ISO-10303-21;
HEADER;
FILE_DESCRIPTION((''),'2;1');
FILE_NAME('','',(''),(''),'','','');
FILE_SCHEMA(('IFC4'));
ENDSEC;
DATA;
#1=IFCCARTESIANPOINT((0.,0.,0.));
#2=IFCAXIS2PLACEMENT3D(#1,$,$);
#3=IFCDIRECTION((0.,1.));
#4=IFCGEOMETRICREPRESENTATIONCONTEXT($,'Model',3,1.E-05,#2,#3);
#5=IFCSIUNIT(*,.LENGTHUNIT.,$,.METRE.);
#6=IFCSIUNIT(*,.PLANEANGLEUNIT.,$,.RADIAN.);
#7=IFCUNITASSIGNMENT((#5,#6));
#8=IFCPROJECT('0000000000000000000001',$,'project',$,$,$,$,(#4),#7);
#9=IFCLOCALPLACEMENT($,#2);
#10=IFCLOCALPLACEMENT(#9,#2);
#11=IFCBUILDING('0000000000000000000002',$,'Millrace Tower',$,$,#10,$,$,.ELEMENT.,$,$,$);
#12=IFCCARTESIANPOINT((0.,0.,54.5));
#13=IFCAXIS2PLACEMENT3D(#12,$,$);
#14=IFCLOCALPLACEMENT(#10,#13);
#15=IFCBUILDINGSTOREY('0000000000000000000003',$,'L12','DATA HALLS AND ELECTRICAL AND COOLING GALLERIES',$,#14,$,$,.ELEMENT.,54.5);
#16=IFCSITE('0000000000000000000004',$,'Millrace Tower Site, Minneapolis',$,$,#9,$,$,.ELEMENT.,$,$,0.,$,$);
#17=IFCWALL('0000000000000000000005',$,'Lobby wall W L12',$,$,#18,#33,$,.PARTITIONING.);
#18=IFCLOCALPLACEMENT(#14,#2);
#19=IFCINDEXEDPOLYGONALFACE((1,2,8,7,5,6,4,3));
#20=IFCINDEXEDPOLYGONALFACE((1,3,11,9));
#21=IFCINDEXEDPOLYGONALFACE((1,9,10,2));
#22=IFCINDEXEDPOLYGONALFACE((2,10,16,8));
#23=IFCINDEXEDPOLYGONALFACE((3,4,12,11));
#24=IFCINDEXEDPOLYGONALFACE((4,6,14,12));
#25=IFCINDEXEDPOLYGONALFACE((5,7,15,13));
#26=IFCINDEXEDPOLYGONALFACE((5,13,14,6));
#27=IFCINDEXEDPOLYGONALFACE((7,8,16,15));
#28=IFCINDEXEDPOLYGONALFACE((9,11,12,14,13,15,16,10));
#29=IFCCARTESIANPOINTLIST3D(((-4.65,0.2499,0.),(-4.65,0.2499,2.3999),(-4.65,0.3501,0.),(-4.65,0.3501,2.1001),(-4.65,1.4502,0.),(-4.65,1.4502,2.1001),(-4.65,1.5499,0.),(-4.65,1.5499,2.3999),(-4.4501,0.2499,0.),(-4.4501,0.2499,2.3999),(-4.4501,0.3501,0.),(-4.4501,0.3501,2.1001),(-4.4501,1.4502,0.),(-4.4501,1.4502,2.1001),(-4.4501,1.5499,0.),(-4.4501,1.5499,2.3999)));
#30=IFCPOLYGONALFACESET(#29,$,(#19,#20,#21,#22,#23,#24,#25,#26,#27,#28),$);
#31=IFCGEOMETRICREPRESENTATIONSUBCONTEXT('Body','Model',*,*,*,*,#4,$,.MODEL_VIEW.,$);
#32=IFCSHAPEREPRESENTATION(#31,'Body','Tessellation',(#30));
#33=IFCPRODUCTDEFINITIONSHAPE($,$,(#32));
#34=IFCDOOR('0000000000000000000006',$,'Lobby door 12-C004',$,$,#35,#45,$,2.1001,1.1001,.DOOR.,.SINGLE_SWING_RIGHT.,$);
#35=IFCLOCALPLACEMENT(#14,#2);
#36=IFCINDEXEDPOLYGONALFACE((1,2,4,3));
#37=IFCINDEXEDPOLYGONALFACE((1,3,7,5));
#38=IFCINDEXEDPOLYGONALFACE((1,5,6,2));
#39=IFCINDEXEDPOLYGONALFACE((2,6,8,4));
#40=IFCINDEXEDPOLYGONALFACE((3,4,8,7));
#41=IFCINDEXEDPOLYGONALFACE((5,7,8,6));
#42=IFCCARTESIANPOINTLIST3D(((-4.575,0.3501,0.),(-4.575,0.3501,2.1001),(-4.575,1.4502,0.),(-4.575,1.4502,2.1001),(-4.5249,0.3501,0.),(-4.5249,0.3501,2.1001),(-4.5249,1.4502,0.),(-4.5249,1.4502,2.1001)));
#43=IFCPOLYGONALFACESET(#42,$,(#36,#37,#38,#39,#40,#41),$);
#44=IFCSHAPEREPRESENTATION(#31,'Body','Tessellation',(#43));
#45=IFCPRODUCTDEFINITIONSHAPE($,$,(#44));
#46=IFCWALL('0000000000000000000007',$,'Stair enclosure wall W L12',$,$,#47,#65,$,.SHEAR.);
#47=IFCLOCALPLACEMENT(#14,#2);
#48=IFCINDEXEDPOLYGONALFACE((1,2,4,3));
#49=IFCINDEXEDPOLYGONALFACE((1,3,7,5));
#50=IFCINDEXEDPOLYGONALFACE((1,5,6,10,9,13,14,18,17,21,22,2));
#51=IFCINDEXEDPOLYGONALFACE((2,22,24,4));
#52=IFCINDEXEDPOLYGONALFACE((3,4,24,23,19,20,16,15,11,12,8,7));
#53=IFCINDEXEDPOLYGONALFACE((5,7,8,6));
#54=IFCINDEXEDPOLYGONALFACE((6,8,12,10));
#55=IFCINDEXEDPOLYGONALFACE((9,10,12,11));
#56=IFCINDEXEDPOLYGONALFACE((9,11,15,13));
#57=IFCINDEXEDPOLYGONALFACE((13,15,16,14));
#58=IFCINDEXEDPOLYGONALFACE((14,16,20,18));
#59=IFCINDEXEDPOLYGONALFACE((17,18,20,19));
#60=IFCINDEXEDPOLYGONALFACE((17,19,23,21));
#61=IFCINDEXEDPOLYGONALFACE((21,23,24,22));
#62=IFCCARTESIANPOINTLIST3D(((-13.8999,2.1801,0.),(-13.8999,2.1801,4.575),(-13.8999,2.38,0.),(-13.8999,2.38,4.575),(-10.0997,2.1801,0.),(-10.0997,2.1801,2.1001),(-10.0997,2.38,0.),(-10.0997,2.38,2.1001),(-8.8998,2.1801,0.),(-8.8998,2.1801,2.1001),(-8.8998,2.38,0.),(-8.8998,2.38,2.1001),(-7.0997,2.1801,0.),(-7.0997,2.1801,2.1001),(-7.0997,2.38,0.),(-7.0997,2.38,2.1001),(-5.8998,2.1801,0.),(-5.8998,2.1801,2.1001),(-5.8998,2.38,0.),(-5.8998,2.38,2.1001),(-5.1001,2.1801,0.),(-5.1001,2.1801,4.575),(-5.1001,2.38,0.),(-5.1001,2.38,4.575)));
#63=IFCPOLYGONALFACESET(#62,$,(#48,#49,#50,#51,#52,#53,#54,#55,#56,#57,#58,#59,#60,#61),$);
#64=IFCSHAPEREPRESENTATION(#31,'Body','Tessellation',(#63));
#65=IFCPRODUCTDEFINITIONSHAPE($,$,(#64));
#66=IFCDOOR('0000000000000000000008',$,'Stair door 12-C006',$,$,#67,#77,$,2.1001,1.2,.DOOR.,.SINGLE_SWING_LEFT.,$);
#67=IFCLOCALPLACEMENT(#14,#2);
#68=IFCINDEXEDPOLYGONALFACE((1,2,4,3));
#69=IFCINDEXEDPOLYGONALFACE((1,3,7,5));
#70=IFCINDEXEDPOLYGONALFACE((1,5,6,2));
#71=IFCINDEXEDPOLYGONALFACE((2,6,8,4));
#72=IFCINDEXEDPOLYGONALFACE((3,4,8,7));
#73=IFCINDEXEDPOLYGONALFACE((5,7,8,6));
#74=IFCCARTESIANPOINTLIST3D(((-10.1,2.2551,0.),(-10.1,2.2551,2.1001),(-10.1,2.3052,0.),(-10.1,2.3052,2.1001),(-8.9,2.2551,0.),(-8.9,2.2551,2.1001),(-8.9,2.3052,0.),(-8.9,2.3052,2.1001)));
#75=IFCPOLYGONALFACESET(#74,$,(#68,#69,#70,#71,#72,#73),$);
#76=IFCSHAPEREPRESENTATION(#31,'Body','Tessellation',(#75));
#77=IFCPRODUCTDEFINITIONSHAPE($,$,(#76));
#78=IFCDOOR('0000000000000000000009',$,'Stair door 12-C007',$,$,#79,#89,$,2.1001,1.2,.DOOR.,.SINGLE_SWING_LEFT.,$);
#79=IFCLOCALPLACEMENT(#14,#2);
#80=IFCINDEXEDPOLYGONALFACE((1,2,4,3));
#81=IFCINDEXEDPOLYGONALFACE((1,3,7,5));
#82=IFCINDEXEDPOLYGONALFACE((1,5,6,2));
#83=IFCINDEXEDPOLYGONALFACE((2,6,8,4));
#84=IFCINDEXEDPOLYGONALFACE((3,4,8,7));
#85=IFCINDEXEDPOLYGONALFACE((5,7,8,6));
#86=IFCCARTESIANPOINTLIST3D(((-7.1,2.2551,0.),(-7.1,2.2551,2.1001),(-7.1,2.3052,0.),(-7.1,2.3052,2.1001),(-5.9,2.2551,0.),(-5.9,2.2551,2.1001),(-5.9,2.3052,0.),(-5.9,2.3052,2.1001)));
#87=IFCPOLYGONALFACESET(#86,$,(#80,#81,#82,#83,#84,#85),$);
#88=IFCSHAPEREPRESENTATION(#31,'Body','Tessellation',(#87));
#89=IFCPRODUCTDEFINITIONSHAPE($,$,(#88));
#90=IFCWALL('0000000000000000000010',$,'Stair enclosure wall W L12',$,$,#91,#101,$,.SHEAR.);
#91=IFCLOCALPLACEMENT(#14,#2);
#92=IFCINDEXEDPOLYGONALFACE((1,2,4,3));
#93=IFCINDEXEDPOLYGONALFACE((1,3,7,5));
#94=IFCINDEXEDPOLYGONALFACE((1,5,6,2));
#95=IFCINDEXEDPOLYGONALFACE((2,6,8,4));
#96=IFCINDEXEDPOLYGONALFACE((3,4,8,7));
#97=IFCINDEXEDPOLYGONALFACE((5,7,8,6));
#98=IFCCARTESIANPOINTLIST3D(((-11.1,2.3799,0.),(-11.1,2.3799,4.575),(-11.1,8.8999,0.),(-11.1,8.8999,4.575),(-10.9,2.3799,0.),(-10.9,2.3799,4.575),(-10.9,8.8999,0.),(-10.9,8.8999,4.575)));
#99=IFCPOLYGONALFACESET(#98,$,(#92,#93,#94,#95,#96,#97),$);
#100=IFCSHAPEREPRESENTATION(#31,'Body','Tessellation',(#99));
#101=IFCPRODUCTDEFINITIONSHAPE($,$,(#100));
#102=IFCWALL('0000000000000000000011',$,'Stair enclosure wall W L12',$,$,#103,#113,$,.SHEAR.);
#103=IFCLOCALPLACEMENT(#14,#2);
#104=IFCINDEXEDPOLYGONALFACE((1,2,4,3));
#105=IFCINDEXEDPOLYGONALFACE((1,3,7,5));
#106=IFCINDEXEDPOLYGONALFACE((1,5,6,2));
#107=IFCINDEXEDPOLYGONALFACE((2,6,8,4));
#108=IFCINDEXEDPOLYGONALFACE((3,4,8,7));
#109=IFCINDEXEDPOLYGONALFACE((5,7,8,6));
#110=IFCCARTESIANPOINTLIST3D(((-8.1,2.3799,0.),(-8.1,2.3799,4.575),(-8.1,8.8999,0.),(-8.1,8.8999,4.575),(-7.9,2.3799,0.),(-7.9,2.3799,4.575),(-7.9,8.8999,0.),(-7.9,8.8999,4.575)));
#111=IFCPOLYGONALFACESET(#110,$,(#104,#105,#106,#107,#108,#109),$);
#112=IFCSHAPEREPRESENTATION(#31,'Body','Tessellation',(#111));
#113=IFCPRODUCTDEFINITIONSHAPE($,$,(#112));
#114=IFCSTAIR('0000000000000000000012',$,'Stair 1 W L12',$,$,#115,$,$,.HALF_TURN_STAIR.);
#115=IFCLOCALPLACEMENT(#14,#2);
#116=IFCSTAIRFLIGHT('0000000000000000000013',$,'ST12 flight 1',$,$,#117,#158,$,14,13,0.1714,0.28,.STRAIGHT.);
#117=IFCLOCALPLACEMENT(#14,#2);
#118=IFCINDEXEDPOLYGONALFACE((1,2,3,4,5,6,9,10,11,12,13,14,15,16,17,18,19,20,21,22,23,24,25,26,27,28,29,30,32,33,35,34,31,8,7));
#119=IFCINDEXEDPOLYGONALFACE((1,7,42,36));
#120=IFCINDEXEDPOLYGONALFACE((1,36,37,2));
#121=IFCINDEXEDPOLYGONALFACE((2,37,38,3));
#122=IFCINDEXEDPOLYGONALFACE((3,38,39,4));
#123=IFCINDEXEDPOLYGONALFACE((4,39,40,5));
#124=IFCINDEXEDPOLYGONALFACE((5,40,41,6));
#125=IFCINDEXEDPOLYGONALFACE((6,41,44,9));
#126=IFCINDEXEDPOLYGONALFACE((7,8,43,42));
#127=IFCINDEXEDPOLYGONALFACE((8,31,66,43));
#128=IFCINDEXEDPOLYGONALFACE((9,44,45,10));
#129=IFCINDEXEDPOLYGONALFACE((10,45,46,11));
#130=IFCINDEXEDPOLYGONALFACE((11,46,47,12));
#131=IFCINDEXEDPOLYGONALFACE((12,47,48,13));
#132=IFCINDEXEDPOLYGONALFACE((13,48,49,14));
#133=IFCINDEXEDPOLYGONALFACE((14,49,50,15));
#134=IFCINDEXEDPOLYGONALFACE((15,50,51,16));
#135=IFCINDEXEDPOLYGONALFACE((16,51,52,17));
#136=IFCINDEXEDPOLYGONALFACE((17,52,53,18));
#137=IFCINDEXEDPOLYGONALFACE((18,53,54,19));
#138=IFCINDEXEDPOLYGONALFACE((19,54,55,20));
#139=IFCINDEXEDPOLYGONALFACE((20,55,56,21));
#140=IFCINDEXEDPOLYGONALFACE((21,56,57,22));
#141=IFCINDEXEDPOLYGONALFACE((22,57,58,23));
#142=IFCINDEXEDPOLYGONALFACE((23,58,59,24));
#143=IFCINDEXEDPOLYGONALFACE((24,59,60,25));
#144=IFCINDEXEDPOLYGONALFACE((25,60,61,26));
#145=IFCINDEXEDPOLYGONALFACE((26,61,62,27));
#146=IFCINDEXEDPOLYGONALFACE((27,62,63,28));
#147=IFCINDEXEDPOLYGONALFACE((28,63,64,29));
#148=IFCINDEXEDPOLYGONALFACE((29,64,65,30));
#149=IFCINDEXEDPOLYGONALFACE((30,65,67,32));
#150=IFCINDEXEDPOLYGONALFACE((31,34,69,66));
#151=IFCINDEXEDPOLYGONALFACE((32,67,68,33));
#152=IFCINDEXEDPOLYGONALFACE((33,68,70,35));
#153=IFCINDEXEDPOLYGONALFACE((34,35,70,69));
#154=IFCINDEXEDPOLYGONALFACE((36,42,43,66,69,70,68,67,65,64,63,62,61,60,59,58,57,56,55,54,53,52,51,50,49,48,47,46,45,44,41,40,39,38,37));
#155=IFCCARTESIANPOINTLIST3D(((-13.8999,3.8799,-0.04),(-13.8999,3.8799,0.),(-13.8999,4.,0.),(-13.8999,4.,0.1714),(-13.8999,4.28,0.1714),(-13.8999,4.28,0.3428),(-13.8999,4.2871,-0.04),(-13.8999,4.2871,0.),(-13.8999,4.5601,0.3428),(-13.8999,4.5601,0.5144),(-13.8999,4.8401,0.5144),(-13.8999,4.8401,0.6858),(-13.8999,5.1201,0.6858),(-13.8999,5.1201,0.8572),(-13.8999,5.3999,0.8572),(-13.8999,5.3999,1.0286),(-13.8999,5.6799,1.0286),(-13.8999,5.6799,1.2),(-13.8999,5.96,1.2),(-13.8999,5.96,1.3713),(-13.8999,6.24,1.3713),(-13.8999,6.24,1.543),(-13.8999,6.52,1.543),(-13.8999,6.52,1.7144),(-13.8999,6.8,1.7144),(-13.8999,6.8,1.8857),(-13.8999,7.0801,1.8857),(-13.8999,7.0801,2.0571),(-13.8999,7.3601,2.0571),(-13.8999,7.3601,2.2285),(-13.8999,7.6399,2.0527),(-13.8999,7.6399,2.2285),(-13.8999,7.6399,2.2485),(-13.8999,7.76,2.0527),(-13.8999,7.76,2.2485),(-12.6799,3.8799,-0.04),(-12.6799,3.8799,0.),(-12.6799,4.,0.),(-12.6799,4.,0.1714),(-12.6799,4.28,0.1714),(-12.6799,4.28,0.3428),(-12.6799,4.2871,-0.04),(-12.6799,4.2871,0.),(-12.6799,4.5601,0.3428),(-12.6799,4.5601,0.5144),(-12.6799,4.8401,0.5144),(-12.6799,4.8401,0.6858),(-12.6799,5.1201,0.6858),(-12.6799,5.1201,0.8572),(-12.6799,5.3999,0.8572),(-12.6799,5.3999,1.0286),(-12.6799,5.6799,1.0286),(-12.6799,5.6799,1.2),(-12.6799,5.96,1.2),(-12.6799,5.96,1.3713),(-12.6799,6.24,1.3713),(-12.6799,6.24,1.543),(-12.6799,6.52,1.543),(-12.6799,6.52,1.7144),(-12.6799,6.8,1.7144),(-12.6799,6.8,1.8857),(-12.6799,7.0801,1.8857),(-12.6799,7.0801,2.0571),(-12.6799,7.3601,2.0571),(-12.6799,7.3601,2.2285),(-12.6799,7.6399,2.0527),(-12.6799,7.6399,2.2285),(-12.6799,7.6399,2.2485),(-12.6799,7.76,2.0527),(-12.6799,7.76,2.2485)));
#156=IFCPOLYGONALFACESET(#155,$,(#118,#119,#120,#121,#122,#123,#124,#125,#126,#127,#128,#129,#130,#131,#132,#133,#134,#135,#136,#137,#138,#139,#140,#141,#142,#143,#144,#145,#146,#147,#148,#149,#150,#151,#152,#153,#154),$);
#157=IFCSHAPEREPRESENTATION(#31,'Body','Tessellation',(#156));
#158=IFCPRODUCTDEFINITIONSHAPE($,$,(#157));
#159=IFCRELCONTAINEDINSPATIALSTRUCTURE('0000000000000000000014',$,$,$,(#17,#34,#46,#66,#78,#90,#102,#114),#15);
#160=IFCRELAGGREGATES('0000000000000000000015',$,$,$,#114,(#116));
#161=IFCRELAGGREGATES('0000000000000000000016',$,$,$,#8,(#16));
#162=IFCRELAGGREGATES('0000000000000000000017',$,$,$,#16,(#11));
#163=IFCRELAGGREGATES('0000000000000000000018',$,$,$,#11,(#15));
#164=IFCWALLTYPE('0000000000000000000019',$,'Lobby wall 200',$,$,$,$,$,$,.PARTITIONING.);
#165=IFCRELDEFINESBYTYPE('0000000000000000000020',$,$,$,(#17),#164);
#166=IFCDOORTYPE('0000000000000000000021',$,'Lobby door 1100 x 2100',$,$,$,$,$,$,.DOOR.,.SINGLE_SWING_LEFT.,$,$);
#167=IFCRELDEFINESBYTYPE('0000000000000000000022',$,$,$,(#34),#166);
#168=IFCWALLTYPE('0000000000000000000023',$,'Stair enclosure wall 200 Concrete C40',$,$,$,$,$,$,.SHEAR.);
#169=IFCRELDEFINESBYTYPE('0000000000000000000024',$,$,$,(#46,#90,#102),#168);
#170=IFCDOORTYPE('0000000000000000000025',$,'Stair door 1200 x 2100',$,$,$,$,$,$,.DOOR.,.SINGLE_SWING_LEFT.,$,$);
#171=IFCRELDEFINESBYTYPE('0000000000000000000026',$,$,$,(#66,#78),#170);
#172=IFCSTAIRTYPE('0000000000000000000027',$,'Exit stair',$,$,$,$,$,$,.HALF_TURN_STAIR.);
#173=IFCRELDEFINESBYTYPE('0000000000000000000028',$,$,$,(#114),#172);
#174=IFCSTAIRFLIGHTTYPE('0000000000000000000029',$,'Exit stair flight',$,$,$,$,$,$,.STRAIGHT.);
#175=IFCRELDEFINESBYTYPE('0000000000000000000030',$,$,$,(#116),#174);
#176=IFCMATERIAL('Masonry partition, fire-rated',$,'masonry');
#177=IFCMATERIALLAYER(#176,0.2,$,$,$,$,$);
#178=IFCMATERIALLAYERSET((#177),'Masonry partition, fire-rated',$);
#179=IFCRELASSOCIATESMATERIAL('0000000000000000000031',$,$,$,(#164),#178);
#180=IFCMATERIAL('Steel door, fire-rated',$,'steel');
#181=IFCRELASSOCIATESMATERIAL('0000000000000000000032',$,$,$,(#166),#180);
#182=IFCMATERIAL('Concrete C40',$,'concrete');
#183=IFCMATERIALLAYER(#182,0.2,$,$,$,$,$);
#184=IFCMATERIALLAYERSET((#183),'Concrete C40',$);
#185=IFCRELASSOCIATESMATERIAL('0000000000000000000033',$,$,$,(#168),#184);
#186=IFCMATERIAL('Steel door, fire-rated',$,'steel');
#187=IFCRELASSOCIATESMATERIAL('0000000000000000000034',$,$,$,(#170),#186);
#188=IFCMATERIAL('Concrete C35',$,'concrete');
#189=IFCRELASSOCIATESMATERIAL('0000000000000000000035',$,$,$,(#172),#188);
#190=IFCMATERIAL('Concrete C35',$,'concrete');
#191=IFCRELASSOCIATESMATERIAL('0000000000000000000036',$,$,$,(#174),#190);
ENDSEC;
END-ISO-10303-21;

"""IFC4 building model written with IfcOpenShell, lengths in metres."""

from ifc_helpers import new_model, si_unit, direction, frame, frame_2d, origin, place, context, subcontext, project, spatial, polyline, rectangle, outline, extrude, material, layer, layer_set, type_object, element, fill, aggregate, save


model = new_model("IFC4")

# Units and contexts
model_context = context("Model", 3, precision=1e-05, world=origin(), true_north=direction((0.0, 1.0)))
body_context = subcontext(model_context, "Body", "Model", "MODEL_VIEW")
ifc_project = project(units=[si_unit("LENGTHUNIT", "METRE"), si_unit("PLANEANGLEUNIT", "RADIAN")], contexts=[model_context])

# Site, building, storey
site_placement = place(None, origin())
site = spatial("IfcSite", under=ifc_project, at=site_placement, Name="Millrace Tower Site, Minneapolis", CompositionType="ELEMENT", RefElevation=0.0)
building_placement = place(site_placement, origin())
building = spatial("IfcBuilding", under=site, at=building_placement, Name="Millrace Tower", CompositionType="ELEMENT")
storey_placement = place(building_placement, frame((0.0, 0.0, 54.5)))
storey = spatial("IfcBuildingStorey", under=building, at=storey_placement, Name="L12", Description="DATA HALLS AND ELECTRICAL AND COOLING GALLERIES", CompositionType="ELEMENT", Elevation=54.5)

# Shared definitions
placement_1 = place(storey_placement, origin())

# Wall, opening, door
ifc_material_1 = material(Name="Masonry partition, fire-rated", Category="masonry")
ifc_layer_1 = layer(ifc_material_1, 0.2)
ifc_layer_set_1 = layer_set([ifc_layer_1], Name="Masonry partition, fire-rated")
wall_type_1 = type_object("IfcWallType", Name="Lobby wall 200", PredefinedType="PARTITIONING", material=ifc_layer_set_1)
wall_1_placement = place(storey_placement, frame((-4.55, 0.25, 0.0), z_axis=(0.0, 0.0, 1.0), x_axis=(0.0, 1.0, 0.0)))
wall_1 = element("IfcWall", 1, at=wall_1_placement, inside=storey, type_object=wall_type_1, Name="Lobby wall W L12", PredefinedType="PARTITIONING", context=body_context, shape_type="SweptSolid", body=[
    extrude(rectangle(XDim=1.3, YDim=0.2, at=frame_2d((0.6499, 0.0))), origin(), (0.0, 0.0, 1.0), 2.3999),
])
opening_1_placement = place(wall_1_placement, frame((0.1001, 0.0, 0.0)))
opening_1 = element("IfcOpeningElement", 2, at=opening_1_placement, cuts=wall_1, PredefinedType="OPENING", context=body_context, shape_type="SweptSolid", body=[
    extrude(rectangle(XDim=1.1001, YDim=2.1001, at=frame_2d((0.55, 1.05))), frame((0.0, 0.1099, 0.0), z_axis=(0.0, -1.0, 0.0), x_axis=(1.0, 0.0, 0.0)), (0.0, 0.0, 1.0), 0.22),
])
ifc_material_2 = material(Name="Steel door, fire-rated", Category="steel")
door_type_1 = type_object("IfcDoorType", Name="Lobby door 1100 x 2100", OperationType="SINGLE_SWING_LEFT", PredefinedType="DOOR", material=ifc_material_2)
door_1_placement = place(opening_1_placement, origin())
door_1 = element("IfcDoor", 3, at=door_1_placement, inside=storey, type_object=door_type_1, Name="Lobby door 12-C004", OperationType="SINGLE_SWING_RIGHT", OverallHeight=2.1001, OverallWidth=1.1001, PredefinedType="DOOR", context=body_context, shape_type="SweptSolid", body=[
    extrude(rectangle(XDim=1.1001, YDim=2.1001, at=frame_2d((0.55, 1.05))), frame((0.0, 0.0249, 0.0), z_axis=(0.0, -1.0, 0.0), x_axis=(1.0, 0.0, 0.0)), (0.0, 0.0, 1.0), 0.05),
])
fill(opening_1, door_1)

# Wall, openings, doors
ifc_material_3 = material(Name="Concrete C40", Category="concrete")
ifc_layer_2 = layer(ifc_material_3, 0.2)
ifc_layer_set_2 = layer_set([ifc_layer_2], Name="Concrete C40")
wall_type_2 = type_object("IfcWallType", Name="Stair enclosure wall 200 Concrete C40", PredefinedType="SHEAR", material=ifc_layer_set_2)
wall_2_placement = place(storey_placement, frame((-13.8999, 2.28, 0.0), z_axis=(0.0, 0.0, 1.0), x_axis=(1.0, 0.0, 0.0)))
wall_2 = element("IfcWall", 4, at=wall_2_placement, inside=storey, type_object=wall_type_2, Name="Stair enclosure wall W L12", PredefinedType="SHEAR", context=body_context, shape_type="SweptSolid", body=[
    extrude(rectangle(XDim=8.7998, YDim=0.2, at=frame_2d((4.3999, 0.0))), origin(), (0.0, 0.0, 1.0), 4.575),
])
opening_2_placement = place(wall_2_placement, frame((3.8, 0.0, 0.0)))
opening_2 = element("IfcOpeningElement", 5, at=opening_2_placement, cuts=wall_2, PredefinedType="OPENING", context=body_context, shape_type="SweptSolid", body=[
    extrude(rectangle(XDim=1.2, YDim=2.1001, at=frame_2d((0.6001, 1.05))), frame((0.0, 0.1099, 0.0), z_axis=(0.0, -1.0, 0.0), x_axis=(1.0, 0.0, 0.0)), (0.0, 0.0, 1.0), 0.22),
])
opening_3_placement = place(wall_2_placement, frame((6.8, 0.0, 0.0)))
opening_3 = element("IfcOpeningElement", 6, at=opening_3_placement, cuts=wall_2, PredefinedType="OPENING", context=body_context, shape_type="SweptSolid", body=[
    extrude(rectangle(XDim=1.2, YDim=2.1001, at=frame_2d((0.6001, 1.05))), frame((0.0, 0.1099, 0.0), z_axis=(0.0, -1.0, 0.0), x_axis=(1.0, 0.0, 0.0)), (0.0, 0.0, 1.0), 0.22),
])
ifc_material_4 = material(Name="Steel door, fire-rated", Category="steel")
door_type_2 = type_object("IfcDoorType", Name="Stair door 1200 x 2100", OperationType="SINGLE_SWING_LEFT", PredefinedType="DOOR", material=ifc_material_4)
door_2_placement = place(opening_2_placement, frame((1.2, 0.0, 0.0), z_axis=(0.0, 0.0, 1.0), x_axis=(-1.0, 0.0, 0.0)))
door_2 = element("IfcDoor", 7, at=door_2_placement, inside=storey, type_object=door_type_2, Name="Stair door 12-C006", OperationType="SINGLE_SWING_LEFT", OverallHeight=2.1001, OverallWidth=1.2, PredefinedType="DOOR", context=body_context, shape_type="SweptSolid", body=[
    extrude(rectangle(XDim=1.2, YDim=2.1001, at=frame_2d((0.6001, 1.05))), frame((0.0, 0.0249, 0.0), z_axis=(0.0, -1.0, 0.0), x_axis=(1.0, 0.0, 0.0)), (0.0, 0.0, 1.0), 0.05),
])
fill(opening_2, door_2)
door_3_placement = place(opening_3_placement, frame((1.2, 0.0, 0.0), z_axis=(0.0, 0.0, 1.0), x_axis=(-1.0, 0.0, 0.0)))
door_3 = element("IfcDoor", 8, at=door_3_placement, inside=storey, type_object=door_type_2, Name="Stair door 12-C007", OperationType="SINGLE_SWING_LEFT", OverallHeight=2.1001, OverallWidth=1.2, PredefinedType="DOOR", context=body_context, shape_type="SweptSolid", body=[
    extrude(rectangle(XDim=1.2, YDim=2.1001, at=frame_2d((0.6001, 1.05))), frame((0.0, 0.0249, 0.0), z_axis=(0.0, -1.0, 0.0), x_axis=(1.0, 0.0, 0.0)), (0.0, 0.0, 1.0), 0.05),
])
fill(opening_3, door_3)

# Walls
for number, where, z_axis, x_axis, name in (
    (9, (-11.0, 2.3799, 0.0), (0.0, 0.0, 1.0), (0.0, 1.0, 0.0), "Stair enclosure wall W L12"),
    (10, (-8.0, 2.3799, 0.0), (0.0, 0.0, 1.0), (0.0, 1.0, 0.0), "Stair enclosure wall W L12"),
):
    element("IfcWall", number, at=place(storey_placement, frame(where, z_axis=z_axis, x_axis=x_axis)), inside=storey, type_object=wall_type_2, Name=name, PredefinedType="SHEAR", context=body_context, shape_type="SweptSolid", body=[
        extrude(rectangle(XDim=6.52, YDim=0.2, at=frame_2d((3.26, 0.0))), origin(), (0.0, 0.0, 1.0), 4.575),
    ])

# Stair, stair flight
ifc_material_5 = material(Name="Concrete C35", Category="concrete")
stair_type = type_object("IfcStairType", Name="Exit stair", PredefinedType="HALF_TURN_STAIR", material=ifc_material_5)
stair_1 = element("IfcStair", 11, at=placement_1, inside=storey, type_object=stair_type, Name="Stair 1 W L12", PredefinedType="HALF_TURN_STAIR")
ifc_material_6 = material(Name="Concrete C35", Category="concrete")
stair_flight_type = type_object("IfcStairFlightType", Name="Exit stair flight", PredefinedType="STRAIGHT", material=ifc_material_6)
stair_flight_1_placement = place(storey_placement, frame((-13.29, 4.0, 0.0), z_axis=(0.0, 0.0, 1.0), x_axis=(0.0, 1.0, 0.0)))
stair_flight_1 = element("IfcStairFlight", 12, at=stair_flight_1_placement, type_object=stair_flight_type, Name="ST12 flight 1", NumberOfRisers=14, NumberOfTreads=13, PredefinedType="STRAIGHT", RiserHeight=0.1714, TreadLength=0.28, context=body_context, shape_type="SweptSolid", body=[
    extrude(outline(polyline([(-0.1201, -0.04), (-0.1201, 0.0), (0.0, 0.0), (0.0, 0.1714), (0.28, 0.1714), (0.28, 0.3428), (0.5601, 0.3428), (0.5601, 0.5144), (0.8401, 0.5144), (0.8401, 0.6858), (1.1201, 0.6858), (1.1201, 0.8572), (1.3999, 0.8572), (1.3999, 1.0286), (1.6799, 1.0286), (1.6799, 1.2), (1.96, 1.2), (1.96, 1.3713), (2.24, 1.3713), (2.24, 1.543), (2.52, 1.543), (2.52, 1.7144), (2.8, 1.7144), (2.8, 1.8857), (3.0801, 1.8857), (3.0801, 2.0571), (3.3601, 2.0571), (3.3601, 2.2285), (3.6399, 2.2285), (3.6399, 2.2485), (3.76, 2.2485), (3.76, 2.0527), (3.6399, 2.0527), (0.2871, 0.0), (0.2871, -0.04), (-0.1201, -0.04)])), frame((0.0, 0.6099, 0.0), z_axis=(0.0, -1.0, 0.0), x_axis=(1.0, 0.0, 0.0)), (0.0, 0.0, 1.0), 1.22),
])
aggregate(stair_1, [stair_flight_1])

save(model, "model.ifc")
